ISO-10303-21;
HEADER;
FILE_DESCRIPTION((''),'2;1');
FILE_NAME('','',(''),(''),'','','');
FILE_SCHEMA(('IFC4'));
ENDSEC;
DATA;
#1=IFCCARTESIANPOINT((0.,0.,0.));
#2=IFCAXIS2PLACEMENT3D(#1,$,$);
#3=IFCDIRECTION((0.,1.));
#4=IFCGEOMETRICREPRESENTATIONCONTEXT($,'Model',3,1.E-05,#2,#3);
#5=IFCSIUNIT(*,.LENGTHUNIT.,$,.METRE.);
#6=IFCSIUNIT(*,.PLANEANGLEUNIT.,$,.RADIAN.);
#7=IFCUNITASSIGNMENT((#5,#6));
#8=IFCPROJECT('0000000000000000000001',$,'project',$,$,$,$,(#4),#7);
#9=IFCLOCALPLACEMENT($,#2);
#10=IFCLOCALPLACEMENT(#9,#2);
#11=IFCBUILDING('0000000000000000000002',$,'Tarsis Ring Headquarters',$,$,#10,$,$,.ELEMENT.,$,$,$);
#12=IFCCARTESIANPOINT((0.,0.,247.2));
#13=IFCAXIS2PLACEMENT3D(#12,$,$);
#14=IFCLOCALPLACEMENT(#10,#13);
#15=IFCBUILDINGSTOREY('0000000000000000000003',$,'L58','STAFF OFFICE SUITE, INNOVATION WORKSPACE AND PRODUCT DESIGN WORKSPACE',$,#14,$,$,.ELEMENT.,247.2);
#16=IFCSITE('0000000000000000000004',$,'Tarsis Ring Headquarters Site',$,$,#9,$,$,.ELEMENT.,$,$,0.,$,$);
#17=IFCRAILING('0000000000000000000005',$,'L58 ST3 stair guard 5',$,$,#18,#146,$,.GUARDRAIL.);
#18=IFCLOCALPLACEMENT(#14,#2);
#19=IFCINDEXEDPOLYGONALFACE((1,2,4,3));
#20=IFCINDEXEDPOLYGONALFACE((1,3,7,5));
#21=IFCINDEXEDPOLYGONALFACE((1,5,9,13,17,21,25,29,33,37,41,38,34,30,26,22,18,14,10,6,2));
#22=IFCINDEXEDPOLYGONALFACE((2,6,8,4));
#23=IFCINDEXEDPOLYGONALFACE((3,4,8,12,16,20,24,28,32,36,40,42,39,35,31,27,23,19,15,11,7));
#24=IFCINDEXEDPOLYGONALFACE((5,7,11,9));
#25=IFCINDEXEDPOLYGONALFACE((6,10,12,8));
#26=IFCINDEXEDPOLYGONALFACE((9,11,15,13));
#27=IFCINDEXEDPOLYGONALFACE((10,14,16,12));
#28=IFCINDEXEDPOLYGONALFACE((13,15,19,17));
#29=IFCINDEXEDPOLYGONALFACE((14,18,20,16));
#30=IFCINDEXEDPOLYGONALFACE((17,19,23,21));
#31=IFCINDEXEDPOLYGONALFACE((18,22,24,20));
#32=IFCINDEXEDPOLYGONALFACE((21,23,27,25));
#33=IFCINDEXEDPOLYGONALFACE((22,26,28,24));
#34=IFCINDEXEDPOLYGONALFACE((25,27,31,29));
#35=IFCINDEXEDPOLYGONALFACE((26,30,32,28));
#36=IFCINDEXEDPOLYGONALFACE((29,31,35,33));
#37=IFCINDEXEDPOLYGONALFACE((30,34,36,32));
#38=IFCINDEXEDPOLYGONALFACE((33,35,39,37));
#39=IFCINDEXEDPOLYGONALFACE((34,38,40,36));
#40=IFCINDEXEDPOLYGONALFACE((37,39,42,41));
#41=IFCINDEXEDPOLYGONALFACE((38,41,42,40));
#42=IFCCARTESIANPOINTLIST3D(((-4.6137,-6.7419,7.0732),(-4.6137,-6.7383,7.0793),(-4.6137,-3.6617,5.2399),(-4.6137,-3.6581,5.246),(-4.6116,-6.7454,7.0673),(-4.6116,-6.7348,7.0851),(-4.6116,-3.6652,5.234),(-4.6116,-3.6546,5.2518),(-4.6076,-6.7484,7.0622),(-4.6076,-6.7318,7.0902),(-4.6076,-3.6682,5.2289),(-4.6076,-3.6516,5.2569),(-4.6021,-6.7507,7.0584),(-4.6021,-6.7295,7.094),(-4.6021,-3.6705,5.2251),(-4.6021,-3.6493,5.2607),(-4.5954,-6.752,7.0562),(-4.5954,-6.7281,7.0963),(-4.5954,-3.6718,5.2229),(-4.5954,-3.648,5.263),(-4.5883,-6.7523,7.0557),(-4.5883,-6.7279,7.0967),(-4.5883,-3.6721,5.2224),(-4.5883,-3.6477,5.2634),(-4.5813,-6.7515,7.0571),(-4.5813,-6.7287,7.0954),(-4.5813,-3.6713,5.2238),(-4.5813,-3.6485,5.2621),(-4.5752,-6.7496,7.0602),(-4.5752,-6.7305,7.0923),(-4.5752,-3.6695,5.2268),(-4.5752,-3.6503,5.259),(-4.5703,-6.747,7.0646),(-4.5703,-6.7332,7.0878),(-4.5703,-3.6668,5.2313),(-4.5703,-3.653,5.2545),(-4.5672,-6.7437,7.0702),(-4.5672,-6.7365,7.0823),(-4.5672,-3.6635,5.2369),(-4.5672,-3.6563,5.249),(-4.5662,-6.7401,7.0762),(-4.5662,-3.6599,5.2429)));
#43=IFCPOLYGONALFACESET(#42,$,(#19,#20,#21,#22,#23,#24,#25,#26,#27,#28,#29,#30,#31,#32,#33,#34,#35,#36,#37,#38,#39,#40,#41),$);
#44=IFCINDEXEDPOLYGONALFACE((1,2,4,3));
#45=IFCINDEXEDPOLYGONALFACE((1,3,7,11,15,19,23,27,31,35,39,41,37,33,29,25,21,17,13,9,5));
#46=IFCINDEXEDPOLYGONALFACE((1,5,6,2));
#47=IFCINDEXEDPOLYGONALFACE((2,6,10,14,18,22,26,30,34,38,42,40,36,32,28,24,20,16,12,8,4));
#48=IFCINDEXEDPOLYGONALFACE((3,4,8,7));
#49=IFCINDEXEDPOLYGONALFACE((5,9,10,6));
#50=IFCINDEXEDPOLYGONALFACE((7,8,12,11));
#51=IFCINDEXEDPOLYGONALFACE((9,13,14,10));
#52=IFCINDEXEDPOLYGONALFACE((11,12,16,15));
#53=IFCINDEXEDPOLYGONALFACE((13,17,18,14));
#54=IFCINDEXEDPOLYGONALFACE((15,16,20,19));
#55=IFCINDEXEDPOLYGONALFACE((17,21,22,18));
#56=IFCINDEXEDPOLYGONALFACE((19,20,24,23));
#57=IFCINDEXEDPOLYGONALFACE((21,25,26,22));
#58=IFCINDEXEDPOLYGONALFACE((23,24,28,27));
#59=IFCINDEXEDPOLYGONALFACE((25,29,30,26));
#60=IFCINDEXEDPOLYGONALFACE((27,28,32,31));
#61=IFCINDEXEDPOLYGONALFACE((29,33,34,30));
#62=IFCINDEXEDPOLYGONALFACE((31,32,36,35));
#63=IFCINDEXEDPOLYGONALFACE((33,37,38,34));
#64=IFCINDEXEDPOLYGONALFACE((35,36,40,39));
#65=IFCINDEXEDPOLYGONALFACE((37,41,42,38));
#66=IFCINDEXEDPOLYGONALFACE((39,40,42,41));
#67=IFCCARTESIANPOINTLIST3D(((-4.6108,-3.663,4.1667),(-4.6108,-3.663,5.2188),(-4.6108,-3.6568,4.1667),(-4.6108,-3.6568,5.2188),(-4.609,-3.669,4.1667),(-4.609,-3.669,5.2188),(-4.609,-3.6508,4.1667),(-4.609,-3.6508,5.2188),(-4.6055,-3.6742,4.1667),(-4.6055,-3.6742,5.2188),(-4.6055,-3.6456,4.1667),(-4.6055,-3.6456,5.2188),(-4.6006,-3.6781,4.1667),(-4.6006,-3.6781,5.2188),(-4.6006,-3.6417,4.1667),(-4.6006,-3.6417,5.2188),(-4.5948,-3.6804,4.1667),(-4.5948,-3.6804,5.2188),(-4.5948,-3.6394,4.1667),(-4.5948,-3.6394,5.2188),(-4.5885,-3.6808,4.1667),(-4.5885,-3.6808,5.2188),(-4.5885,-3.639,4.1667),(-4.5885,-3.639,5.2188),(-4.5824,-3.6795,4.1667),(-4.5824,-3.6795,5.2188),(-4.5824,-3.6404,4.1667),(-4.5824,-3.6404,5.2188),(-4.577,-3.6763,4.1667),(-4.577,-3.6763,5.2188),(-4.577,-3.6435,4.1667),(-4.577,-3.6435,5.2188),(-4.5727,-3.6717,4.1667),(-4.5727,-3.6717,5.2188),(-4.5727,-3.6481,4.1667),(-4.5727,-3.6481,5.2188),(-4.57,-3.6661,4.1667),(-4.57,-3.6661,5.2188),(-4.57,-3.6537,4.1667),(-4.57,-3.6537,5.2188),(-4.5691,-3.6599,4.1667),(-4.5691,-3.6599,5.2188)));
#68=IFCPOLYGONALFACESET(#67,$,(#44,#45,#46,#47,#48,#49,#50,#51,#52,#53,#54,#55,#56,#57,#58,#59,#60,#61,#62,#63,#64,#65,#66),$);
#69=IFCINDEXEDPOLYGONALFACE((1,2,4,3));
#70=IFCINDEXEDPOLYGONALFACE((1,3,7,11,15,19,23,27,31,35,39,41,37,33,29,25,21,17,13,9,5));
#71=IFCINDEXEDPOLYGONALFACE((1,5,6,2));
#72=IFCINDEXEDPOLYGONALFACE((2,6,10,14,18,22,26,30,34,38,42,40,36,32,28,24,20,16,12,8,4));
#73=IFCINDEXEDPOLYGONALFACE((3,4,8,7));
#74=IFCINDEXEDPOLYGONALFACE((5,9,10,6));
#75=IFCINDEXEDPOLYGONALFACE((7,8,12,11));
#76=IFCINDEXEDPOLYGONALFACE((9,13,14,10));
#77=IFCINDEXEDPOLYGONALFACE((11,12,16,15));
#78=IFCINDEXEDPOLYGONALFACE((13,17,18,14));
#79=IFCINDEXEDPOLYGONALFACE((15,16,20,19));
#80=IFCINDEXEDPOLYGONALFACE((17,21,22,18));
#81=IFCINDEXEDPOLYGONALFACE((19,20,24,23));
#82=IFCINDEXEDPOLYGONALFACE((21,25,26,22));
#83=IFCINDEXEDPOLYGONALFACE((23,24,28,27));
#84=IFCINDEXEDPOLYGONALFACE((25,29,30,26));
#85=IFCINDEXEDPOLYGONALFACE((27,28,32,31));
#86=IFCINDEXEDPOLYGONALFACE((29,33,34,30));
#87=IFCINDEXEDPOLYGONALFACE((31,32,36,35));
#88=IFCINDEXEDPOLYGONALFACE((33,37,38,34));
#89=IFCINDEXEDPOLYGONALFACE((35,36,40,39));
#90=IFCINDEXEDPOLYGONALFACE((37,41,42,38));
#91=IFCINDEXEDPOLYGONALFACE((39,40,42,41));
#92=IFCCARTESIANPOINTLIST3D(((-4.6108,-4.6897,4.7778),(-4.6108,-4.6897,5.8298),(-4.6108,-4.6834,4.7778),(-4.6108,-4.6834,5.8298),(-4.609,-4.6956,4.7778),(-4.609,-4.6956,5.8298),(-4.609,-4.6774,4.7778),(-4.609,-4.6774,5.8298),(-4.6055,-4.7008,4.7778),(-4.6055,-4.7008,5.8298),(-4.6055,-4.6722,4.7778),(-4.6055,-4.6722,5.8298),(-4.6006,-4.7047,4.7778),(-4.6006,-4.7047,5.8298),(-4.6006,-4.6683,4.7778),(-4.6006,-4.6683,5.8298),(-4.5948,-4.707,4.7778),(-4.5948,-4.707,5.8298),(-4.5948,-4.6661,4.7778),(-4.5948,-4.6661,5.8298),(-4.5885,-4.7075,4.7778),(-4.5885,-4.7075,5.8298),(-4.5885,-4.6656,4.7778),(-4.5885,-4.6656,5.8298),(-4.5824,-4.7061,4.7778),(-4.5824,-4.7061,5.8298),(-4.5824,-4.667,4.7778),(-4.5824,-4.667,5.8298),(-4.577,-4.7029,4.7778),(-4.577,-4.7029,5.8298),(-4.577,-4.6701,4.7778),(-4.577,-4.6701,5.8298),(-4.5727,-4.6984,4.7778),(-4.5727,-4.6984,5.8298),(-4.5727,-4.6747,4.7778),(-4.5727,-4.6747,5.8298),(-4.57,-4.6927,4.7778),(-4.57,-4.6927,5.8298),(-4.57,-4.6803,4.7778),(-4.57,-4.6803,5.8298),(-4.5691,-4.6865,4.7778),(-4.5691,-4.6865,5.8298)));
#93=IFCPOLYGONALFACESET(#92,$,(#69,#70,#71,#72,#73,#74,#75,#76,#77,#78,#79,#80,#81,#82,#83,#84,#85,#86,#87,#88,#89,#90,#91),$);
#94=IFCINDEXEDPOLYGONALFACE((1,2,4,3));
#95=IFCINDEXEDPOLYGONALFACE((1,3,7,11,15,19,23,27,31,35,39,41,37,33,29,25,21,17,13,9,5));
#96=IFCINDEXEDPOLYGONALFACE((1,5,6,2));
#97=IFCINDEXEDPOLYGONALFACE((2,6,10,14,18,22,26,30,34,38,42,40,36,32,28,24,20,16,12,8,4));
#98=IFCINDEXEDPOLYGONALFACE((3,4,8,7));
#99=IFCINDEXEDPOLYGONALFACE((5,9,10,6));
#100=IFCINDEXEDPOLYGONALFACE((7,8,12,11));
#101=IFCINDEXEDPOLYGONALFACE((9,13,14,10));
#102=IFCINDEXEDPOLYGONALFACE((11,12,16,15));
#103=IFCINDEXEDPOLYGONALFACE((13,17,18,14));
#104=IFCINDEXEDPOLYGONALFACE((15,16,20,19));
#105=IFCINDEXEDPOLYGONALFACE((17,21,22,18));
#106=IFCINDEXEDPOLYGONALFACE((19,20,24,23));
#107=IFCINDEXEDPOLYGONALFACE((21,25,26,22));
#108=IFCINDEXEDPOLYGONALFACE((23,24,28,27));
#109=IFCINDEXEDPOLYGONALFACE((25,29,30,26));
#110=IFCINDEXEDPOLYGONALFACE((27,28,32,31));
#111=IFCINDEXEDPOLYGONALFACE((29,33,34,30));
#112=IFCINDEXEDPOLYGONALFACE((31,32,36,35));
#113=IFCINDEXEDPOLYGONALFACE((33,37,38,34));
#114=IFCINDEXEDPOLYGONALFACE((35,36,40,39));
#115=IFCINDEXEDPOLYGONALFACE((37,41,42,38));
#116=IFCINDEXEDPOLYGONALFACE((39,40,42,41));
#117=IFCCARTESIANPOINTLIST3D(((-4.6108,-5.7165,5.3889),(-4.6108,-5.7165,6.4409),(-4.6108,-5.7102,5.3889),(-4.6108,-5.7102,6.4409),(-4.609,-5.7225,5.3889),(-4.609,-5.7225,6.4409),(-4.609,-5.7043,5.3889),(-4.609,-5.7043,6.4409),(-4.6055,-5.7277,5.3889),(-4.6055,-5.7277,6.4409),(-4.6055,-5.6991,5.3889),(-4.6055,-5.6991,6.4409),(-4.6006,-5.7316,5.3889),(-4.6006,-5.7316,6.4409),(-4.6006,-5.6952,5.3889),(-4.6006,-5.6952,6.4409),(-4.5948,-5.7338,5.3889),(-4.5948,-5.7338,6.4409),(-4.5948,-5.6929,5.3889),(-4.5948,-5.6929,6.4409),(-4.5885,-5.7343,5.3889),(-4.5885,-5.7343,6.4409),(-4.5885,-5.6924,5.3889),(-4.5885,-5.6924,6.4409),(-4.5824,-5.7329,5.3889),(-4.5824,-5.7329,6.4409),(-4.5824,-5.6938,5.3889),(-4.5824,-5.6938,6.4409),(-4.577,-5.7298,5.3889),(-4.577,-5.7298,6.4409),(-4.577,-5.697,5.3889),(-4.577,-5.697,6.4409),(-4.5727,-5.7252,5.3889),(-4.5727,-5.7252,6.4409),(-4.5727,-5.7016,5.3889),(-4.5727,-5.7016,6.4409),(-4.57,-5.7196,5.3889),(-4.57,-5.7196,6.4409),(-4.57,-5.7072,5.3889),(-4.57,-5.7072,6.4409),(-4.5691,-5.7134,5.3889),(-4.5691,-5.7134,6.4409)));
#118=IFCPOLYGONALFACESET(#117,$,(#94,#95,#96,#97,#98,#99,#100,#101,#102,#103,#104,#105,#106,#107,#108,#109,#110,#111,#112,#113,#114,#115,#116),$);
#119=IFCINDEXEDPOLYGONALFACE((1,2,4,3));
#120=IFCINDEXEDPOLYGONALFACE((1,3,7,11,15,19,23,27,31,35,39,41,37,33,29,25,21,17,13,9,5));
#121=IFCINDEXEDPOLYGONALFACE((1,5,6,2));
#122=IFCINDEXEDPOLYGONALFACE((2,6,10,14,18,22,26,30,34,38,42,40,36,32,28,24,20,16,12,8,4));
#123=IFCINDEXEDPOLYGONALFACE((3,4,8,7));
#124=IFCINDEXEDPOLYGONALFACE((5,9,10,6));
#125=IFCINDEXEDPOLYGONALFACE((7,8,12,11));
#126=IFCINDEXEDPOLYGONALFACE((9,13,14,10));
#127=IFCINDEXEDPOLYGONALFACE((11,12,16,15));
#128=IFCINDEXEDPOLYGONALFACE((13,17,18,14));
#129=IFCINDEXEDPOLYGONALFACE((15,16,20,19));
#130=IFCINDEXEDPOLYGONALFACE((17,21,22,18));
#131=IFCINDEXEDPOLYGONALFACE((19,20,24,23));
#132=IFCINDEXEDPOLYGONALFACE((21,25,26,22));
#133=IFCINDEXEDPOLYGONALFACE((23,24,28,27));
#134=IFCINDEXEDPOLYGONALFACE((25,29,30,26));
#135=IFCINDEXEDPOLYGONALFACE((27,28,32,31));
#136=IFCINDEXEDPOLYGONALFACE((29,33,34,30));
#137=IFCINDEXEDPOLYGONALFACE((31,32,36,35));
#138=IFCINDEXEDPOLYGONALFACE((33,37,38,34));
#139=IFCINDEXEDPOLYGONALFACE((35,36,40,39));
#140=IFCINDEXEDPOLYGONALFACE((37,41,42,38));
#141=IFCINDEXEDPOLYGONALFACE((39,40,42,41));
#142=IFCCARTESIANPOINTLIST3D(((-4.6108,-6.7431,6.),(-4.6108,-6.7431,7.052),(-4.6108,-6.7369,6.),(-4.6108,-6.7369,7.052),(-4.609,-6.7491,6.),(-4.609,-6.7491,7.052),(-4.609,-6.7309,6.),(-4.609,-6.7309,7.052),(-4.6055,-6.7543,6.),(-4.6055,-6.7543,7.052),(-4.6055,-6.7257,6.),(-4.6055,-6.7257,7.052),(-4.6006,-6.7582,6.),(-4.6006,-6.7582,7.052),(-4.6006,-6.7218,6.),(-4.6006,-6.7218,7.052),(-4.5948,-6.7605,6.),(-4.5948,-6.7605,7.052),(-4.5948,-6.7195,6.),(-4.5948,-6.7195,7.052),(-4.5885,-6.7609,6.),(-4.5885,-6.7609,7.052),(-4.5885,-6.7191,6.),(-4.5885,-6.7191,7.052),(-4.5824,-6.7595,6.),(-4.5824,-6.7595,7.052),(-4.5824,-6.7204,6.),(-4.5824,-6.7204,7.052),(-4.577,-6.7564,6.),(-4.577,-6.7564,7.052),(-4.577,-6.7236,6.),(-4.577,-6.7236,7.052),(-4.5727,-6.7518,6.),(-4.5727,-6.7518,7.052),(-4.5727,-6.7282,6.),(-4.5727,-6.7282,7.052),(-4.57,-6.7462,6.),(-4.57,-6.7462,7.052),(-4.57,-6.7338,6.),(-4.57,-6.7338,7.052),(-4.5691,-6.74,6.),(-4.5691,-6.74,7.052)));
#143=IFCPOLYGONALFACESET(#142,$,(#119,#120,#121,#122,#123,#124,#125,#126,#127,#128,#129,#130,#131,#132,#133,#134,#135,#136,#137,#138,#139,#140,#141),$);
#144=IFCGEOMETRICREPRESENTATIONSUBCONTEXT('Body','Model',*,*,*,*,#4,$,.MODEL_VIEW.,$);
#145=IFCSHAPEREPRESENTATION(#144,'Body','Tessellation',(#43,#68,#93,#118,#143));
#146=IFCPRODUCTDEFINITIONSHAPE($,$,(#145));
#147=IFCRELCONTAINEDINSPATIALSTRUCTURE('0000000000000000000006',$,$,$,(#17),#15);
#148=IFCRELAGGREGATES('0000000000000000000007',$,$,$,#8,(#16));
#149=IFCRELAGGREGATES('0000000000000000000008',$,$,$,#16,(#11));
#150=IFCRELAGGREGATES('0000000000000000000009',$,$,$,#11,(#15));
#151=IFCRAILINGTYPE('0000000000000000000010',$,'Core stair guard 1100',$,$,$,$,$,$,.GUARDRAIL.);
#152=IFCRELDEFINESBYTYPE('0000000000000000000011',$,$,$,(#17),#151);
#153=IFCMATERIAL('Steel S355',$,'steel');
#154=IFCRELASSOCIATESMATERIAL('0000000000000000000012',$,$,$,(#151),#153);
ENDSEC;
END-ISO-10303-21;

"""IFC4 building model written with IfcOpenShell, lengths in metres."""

from ifc_helpers import new_model, si_unit, direction, frame, origin, origin_2d, place, context, subcontext, project, spatial, circle, extrude, material, type_object, element, save


model = new_model("IFC4")

# Units and contexts
model_context = context("Model", 3, precision=1e-05, world=origin(), true_north=direction((0.0, 1.0)))
body_context = subcontext(model_context, "Body", "Model", "MODEL_VIEW")
ifc_project = project(units=[si_unit("LENGTHUNIT", "METRE"), si_unit("PLANEANGLEUNIT", "RADIAN")], contexts=[model_context])

# Site, building, storey
site_placement = place(None, origin())
site = spatial("IfcSite", under=ifc_project, at=site_placement, Name="Tarsis Ring Headquarters Site", CompositionType="ELEMENT", RefElevation=0.0)
building_placement = place(site_placement, origin())
building = spatial("IfcBuilding", under=site, at=building_placement, Name="Tarsis Ring Headquarters", CompositionType="ELEMENT")
storey_placement = place(building_placement, frame((0.0, 0.0, 247.2)))
storey = spatial("IfcBuildingStorey", under=building, at=storey_placement, Name="L58", Description="STAFF OFFICE SUITE, INNOVATION WORKSPACE AND PRODUCT DESIGN WORKSPACE", CompositionType="ELEMENT", Elevation=247.2)

# Railing
ifc_material_1 = material(Name="Steel S355", Category="steel")
railing_type_1 = type_object("IfcRailingType", Name="Core stair guard 1100", PredefinedType="GUARDRAIL", material=ifc_material_1)
for number, where, name in (
    (1, (-4.5901, -3.6599, 4.1667), "L58 ST3 stair guard 5"),
):
    element("IfcRailing", number, at=place(storey_placement, frame(where)), inside=storey, type_object=railing_type_1, Name=name, PredefinedType="GUARDRAIL", context=body_context, shape_type="SweptSolid", body=[
        extrude(circle(Radius=0.0239, at=origin_2d()), frame((0.0, 0.0, 1.0762), z_axis=(0.0, -0.859309, 0.511458), x_axis=(1.0, 0.0, 0.0)), (0.0, 0.0, 1.0), 3.5845),
        extrude(circle(Radius=0.021, at=origin_2d()), origin(), (0.0, 0.0, 1.0), 1.052),
        extrude(circle(Radius=0.021, at=origin_2d()), frame((0.0, -1.0266, 0.6111)), (0.0, 0.0, 1.0), 1.052),
        extrude(circle(Radius=0.021, at=origin_2d()), frame((0.0, -2.0535, 1.2222)), (0.0, 0.0, 1.0), 1.052),
        extrude(circle(Radius=0.021, at=origin_2d()), frame((0.0, -3.0801, 1.8333)), (0.0, 0.0, 1.0), 1.052),
    ])

save(model, "model.ifc")
